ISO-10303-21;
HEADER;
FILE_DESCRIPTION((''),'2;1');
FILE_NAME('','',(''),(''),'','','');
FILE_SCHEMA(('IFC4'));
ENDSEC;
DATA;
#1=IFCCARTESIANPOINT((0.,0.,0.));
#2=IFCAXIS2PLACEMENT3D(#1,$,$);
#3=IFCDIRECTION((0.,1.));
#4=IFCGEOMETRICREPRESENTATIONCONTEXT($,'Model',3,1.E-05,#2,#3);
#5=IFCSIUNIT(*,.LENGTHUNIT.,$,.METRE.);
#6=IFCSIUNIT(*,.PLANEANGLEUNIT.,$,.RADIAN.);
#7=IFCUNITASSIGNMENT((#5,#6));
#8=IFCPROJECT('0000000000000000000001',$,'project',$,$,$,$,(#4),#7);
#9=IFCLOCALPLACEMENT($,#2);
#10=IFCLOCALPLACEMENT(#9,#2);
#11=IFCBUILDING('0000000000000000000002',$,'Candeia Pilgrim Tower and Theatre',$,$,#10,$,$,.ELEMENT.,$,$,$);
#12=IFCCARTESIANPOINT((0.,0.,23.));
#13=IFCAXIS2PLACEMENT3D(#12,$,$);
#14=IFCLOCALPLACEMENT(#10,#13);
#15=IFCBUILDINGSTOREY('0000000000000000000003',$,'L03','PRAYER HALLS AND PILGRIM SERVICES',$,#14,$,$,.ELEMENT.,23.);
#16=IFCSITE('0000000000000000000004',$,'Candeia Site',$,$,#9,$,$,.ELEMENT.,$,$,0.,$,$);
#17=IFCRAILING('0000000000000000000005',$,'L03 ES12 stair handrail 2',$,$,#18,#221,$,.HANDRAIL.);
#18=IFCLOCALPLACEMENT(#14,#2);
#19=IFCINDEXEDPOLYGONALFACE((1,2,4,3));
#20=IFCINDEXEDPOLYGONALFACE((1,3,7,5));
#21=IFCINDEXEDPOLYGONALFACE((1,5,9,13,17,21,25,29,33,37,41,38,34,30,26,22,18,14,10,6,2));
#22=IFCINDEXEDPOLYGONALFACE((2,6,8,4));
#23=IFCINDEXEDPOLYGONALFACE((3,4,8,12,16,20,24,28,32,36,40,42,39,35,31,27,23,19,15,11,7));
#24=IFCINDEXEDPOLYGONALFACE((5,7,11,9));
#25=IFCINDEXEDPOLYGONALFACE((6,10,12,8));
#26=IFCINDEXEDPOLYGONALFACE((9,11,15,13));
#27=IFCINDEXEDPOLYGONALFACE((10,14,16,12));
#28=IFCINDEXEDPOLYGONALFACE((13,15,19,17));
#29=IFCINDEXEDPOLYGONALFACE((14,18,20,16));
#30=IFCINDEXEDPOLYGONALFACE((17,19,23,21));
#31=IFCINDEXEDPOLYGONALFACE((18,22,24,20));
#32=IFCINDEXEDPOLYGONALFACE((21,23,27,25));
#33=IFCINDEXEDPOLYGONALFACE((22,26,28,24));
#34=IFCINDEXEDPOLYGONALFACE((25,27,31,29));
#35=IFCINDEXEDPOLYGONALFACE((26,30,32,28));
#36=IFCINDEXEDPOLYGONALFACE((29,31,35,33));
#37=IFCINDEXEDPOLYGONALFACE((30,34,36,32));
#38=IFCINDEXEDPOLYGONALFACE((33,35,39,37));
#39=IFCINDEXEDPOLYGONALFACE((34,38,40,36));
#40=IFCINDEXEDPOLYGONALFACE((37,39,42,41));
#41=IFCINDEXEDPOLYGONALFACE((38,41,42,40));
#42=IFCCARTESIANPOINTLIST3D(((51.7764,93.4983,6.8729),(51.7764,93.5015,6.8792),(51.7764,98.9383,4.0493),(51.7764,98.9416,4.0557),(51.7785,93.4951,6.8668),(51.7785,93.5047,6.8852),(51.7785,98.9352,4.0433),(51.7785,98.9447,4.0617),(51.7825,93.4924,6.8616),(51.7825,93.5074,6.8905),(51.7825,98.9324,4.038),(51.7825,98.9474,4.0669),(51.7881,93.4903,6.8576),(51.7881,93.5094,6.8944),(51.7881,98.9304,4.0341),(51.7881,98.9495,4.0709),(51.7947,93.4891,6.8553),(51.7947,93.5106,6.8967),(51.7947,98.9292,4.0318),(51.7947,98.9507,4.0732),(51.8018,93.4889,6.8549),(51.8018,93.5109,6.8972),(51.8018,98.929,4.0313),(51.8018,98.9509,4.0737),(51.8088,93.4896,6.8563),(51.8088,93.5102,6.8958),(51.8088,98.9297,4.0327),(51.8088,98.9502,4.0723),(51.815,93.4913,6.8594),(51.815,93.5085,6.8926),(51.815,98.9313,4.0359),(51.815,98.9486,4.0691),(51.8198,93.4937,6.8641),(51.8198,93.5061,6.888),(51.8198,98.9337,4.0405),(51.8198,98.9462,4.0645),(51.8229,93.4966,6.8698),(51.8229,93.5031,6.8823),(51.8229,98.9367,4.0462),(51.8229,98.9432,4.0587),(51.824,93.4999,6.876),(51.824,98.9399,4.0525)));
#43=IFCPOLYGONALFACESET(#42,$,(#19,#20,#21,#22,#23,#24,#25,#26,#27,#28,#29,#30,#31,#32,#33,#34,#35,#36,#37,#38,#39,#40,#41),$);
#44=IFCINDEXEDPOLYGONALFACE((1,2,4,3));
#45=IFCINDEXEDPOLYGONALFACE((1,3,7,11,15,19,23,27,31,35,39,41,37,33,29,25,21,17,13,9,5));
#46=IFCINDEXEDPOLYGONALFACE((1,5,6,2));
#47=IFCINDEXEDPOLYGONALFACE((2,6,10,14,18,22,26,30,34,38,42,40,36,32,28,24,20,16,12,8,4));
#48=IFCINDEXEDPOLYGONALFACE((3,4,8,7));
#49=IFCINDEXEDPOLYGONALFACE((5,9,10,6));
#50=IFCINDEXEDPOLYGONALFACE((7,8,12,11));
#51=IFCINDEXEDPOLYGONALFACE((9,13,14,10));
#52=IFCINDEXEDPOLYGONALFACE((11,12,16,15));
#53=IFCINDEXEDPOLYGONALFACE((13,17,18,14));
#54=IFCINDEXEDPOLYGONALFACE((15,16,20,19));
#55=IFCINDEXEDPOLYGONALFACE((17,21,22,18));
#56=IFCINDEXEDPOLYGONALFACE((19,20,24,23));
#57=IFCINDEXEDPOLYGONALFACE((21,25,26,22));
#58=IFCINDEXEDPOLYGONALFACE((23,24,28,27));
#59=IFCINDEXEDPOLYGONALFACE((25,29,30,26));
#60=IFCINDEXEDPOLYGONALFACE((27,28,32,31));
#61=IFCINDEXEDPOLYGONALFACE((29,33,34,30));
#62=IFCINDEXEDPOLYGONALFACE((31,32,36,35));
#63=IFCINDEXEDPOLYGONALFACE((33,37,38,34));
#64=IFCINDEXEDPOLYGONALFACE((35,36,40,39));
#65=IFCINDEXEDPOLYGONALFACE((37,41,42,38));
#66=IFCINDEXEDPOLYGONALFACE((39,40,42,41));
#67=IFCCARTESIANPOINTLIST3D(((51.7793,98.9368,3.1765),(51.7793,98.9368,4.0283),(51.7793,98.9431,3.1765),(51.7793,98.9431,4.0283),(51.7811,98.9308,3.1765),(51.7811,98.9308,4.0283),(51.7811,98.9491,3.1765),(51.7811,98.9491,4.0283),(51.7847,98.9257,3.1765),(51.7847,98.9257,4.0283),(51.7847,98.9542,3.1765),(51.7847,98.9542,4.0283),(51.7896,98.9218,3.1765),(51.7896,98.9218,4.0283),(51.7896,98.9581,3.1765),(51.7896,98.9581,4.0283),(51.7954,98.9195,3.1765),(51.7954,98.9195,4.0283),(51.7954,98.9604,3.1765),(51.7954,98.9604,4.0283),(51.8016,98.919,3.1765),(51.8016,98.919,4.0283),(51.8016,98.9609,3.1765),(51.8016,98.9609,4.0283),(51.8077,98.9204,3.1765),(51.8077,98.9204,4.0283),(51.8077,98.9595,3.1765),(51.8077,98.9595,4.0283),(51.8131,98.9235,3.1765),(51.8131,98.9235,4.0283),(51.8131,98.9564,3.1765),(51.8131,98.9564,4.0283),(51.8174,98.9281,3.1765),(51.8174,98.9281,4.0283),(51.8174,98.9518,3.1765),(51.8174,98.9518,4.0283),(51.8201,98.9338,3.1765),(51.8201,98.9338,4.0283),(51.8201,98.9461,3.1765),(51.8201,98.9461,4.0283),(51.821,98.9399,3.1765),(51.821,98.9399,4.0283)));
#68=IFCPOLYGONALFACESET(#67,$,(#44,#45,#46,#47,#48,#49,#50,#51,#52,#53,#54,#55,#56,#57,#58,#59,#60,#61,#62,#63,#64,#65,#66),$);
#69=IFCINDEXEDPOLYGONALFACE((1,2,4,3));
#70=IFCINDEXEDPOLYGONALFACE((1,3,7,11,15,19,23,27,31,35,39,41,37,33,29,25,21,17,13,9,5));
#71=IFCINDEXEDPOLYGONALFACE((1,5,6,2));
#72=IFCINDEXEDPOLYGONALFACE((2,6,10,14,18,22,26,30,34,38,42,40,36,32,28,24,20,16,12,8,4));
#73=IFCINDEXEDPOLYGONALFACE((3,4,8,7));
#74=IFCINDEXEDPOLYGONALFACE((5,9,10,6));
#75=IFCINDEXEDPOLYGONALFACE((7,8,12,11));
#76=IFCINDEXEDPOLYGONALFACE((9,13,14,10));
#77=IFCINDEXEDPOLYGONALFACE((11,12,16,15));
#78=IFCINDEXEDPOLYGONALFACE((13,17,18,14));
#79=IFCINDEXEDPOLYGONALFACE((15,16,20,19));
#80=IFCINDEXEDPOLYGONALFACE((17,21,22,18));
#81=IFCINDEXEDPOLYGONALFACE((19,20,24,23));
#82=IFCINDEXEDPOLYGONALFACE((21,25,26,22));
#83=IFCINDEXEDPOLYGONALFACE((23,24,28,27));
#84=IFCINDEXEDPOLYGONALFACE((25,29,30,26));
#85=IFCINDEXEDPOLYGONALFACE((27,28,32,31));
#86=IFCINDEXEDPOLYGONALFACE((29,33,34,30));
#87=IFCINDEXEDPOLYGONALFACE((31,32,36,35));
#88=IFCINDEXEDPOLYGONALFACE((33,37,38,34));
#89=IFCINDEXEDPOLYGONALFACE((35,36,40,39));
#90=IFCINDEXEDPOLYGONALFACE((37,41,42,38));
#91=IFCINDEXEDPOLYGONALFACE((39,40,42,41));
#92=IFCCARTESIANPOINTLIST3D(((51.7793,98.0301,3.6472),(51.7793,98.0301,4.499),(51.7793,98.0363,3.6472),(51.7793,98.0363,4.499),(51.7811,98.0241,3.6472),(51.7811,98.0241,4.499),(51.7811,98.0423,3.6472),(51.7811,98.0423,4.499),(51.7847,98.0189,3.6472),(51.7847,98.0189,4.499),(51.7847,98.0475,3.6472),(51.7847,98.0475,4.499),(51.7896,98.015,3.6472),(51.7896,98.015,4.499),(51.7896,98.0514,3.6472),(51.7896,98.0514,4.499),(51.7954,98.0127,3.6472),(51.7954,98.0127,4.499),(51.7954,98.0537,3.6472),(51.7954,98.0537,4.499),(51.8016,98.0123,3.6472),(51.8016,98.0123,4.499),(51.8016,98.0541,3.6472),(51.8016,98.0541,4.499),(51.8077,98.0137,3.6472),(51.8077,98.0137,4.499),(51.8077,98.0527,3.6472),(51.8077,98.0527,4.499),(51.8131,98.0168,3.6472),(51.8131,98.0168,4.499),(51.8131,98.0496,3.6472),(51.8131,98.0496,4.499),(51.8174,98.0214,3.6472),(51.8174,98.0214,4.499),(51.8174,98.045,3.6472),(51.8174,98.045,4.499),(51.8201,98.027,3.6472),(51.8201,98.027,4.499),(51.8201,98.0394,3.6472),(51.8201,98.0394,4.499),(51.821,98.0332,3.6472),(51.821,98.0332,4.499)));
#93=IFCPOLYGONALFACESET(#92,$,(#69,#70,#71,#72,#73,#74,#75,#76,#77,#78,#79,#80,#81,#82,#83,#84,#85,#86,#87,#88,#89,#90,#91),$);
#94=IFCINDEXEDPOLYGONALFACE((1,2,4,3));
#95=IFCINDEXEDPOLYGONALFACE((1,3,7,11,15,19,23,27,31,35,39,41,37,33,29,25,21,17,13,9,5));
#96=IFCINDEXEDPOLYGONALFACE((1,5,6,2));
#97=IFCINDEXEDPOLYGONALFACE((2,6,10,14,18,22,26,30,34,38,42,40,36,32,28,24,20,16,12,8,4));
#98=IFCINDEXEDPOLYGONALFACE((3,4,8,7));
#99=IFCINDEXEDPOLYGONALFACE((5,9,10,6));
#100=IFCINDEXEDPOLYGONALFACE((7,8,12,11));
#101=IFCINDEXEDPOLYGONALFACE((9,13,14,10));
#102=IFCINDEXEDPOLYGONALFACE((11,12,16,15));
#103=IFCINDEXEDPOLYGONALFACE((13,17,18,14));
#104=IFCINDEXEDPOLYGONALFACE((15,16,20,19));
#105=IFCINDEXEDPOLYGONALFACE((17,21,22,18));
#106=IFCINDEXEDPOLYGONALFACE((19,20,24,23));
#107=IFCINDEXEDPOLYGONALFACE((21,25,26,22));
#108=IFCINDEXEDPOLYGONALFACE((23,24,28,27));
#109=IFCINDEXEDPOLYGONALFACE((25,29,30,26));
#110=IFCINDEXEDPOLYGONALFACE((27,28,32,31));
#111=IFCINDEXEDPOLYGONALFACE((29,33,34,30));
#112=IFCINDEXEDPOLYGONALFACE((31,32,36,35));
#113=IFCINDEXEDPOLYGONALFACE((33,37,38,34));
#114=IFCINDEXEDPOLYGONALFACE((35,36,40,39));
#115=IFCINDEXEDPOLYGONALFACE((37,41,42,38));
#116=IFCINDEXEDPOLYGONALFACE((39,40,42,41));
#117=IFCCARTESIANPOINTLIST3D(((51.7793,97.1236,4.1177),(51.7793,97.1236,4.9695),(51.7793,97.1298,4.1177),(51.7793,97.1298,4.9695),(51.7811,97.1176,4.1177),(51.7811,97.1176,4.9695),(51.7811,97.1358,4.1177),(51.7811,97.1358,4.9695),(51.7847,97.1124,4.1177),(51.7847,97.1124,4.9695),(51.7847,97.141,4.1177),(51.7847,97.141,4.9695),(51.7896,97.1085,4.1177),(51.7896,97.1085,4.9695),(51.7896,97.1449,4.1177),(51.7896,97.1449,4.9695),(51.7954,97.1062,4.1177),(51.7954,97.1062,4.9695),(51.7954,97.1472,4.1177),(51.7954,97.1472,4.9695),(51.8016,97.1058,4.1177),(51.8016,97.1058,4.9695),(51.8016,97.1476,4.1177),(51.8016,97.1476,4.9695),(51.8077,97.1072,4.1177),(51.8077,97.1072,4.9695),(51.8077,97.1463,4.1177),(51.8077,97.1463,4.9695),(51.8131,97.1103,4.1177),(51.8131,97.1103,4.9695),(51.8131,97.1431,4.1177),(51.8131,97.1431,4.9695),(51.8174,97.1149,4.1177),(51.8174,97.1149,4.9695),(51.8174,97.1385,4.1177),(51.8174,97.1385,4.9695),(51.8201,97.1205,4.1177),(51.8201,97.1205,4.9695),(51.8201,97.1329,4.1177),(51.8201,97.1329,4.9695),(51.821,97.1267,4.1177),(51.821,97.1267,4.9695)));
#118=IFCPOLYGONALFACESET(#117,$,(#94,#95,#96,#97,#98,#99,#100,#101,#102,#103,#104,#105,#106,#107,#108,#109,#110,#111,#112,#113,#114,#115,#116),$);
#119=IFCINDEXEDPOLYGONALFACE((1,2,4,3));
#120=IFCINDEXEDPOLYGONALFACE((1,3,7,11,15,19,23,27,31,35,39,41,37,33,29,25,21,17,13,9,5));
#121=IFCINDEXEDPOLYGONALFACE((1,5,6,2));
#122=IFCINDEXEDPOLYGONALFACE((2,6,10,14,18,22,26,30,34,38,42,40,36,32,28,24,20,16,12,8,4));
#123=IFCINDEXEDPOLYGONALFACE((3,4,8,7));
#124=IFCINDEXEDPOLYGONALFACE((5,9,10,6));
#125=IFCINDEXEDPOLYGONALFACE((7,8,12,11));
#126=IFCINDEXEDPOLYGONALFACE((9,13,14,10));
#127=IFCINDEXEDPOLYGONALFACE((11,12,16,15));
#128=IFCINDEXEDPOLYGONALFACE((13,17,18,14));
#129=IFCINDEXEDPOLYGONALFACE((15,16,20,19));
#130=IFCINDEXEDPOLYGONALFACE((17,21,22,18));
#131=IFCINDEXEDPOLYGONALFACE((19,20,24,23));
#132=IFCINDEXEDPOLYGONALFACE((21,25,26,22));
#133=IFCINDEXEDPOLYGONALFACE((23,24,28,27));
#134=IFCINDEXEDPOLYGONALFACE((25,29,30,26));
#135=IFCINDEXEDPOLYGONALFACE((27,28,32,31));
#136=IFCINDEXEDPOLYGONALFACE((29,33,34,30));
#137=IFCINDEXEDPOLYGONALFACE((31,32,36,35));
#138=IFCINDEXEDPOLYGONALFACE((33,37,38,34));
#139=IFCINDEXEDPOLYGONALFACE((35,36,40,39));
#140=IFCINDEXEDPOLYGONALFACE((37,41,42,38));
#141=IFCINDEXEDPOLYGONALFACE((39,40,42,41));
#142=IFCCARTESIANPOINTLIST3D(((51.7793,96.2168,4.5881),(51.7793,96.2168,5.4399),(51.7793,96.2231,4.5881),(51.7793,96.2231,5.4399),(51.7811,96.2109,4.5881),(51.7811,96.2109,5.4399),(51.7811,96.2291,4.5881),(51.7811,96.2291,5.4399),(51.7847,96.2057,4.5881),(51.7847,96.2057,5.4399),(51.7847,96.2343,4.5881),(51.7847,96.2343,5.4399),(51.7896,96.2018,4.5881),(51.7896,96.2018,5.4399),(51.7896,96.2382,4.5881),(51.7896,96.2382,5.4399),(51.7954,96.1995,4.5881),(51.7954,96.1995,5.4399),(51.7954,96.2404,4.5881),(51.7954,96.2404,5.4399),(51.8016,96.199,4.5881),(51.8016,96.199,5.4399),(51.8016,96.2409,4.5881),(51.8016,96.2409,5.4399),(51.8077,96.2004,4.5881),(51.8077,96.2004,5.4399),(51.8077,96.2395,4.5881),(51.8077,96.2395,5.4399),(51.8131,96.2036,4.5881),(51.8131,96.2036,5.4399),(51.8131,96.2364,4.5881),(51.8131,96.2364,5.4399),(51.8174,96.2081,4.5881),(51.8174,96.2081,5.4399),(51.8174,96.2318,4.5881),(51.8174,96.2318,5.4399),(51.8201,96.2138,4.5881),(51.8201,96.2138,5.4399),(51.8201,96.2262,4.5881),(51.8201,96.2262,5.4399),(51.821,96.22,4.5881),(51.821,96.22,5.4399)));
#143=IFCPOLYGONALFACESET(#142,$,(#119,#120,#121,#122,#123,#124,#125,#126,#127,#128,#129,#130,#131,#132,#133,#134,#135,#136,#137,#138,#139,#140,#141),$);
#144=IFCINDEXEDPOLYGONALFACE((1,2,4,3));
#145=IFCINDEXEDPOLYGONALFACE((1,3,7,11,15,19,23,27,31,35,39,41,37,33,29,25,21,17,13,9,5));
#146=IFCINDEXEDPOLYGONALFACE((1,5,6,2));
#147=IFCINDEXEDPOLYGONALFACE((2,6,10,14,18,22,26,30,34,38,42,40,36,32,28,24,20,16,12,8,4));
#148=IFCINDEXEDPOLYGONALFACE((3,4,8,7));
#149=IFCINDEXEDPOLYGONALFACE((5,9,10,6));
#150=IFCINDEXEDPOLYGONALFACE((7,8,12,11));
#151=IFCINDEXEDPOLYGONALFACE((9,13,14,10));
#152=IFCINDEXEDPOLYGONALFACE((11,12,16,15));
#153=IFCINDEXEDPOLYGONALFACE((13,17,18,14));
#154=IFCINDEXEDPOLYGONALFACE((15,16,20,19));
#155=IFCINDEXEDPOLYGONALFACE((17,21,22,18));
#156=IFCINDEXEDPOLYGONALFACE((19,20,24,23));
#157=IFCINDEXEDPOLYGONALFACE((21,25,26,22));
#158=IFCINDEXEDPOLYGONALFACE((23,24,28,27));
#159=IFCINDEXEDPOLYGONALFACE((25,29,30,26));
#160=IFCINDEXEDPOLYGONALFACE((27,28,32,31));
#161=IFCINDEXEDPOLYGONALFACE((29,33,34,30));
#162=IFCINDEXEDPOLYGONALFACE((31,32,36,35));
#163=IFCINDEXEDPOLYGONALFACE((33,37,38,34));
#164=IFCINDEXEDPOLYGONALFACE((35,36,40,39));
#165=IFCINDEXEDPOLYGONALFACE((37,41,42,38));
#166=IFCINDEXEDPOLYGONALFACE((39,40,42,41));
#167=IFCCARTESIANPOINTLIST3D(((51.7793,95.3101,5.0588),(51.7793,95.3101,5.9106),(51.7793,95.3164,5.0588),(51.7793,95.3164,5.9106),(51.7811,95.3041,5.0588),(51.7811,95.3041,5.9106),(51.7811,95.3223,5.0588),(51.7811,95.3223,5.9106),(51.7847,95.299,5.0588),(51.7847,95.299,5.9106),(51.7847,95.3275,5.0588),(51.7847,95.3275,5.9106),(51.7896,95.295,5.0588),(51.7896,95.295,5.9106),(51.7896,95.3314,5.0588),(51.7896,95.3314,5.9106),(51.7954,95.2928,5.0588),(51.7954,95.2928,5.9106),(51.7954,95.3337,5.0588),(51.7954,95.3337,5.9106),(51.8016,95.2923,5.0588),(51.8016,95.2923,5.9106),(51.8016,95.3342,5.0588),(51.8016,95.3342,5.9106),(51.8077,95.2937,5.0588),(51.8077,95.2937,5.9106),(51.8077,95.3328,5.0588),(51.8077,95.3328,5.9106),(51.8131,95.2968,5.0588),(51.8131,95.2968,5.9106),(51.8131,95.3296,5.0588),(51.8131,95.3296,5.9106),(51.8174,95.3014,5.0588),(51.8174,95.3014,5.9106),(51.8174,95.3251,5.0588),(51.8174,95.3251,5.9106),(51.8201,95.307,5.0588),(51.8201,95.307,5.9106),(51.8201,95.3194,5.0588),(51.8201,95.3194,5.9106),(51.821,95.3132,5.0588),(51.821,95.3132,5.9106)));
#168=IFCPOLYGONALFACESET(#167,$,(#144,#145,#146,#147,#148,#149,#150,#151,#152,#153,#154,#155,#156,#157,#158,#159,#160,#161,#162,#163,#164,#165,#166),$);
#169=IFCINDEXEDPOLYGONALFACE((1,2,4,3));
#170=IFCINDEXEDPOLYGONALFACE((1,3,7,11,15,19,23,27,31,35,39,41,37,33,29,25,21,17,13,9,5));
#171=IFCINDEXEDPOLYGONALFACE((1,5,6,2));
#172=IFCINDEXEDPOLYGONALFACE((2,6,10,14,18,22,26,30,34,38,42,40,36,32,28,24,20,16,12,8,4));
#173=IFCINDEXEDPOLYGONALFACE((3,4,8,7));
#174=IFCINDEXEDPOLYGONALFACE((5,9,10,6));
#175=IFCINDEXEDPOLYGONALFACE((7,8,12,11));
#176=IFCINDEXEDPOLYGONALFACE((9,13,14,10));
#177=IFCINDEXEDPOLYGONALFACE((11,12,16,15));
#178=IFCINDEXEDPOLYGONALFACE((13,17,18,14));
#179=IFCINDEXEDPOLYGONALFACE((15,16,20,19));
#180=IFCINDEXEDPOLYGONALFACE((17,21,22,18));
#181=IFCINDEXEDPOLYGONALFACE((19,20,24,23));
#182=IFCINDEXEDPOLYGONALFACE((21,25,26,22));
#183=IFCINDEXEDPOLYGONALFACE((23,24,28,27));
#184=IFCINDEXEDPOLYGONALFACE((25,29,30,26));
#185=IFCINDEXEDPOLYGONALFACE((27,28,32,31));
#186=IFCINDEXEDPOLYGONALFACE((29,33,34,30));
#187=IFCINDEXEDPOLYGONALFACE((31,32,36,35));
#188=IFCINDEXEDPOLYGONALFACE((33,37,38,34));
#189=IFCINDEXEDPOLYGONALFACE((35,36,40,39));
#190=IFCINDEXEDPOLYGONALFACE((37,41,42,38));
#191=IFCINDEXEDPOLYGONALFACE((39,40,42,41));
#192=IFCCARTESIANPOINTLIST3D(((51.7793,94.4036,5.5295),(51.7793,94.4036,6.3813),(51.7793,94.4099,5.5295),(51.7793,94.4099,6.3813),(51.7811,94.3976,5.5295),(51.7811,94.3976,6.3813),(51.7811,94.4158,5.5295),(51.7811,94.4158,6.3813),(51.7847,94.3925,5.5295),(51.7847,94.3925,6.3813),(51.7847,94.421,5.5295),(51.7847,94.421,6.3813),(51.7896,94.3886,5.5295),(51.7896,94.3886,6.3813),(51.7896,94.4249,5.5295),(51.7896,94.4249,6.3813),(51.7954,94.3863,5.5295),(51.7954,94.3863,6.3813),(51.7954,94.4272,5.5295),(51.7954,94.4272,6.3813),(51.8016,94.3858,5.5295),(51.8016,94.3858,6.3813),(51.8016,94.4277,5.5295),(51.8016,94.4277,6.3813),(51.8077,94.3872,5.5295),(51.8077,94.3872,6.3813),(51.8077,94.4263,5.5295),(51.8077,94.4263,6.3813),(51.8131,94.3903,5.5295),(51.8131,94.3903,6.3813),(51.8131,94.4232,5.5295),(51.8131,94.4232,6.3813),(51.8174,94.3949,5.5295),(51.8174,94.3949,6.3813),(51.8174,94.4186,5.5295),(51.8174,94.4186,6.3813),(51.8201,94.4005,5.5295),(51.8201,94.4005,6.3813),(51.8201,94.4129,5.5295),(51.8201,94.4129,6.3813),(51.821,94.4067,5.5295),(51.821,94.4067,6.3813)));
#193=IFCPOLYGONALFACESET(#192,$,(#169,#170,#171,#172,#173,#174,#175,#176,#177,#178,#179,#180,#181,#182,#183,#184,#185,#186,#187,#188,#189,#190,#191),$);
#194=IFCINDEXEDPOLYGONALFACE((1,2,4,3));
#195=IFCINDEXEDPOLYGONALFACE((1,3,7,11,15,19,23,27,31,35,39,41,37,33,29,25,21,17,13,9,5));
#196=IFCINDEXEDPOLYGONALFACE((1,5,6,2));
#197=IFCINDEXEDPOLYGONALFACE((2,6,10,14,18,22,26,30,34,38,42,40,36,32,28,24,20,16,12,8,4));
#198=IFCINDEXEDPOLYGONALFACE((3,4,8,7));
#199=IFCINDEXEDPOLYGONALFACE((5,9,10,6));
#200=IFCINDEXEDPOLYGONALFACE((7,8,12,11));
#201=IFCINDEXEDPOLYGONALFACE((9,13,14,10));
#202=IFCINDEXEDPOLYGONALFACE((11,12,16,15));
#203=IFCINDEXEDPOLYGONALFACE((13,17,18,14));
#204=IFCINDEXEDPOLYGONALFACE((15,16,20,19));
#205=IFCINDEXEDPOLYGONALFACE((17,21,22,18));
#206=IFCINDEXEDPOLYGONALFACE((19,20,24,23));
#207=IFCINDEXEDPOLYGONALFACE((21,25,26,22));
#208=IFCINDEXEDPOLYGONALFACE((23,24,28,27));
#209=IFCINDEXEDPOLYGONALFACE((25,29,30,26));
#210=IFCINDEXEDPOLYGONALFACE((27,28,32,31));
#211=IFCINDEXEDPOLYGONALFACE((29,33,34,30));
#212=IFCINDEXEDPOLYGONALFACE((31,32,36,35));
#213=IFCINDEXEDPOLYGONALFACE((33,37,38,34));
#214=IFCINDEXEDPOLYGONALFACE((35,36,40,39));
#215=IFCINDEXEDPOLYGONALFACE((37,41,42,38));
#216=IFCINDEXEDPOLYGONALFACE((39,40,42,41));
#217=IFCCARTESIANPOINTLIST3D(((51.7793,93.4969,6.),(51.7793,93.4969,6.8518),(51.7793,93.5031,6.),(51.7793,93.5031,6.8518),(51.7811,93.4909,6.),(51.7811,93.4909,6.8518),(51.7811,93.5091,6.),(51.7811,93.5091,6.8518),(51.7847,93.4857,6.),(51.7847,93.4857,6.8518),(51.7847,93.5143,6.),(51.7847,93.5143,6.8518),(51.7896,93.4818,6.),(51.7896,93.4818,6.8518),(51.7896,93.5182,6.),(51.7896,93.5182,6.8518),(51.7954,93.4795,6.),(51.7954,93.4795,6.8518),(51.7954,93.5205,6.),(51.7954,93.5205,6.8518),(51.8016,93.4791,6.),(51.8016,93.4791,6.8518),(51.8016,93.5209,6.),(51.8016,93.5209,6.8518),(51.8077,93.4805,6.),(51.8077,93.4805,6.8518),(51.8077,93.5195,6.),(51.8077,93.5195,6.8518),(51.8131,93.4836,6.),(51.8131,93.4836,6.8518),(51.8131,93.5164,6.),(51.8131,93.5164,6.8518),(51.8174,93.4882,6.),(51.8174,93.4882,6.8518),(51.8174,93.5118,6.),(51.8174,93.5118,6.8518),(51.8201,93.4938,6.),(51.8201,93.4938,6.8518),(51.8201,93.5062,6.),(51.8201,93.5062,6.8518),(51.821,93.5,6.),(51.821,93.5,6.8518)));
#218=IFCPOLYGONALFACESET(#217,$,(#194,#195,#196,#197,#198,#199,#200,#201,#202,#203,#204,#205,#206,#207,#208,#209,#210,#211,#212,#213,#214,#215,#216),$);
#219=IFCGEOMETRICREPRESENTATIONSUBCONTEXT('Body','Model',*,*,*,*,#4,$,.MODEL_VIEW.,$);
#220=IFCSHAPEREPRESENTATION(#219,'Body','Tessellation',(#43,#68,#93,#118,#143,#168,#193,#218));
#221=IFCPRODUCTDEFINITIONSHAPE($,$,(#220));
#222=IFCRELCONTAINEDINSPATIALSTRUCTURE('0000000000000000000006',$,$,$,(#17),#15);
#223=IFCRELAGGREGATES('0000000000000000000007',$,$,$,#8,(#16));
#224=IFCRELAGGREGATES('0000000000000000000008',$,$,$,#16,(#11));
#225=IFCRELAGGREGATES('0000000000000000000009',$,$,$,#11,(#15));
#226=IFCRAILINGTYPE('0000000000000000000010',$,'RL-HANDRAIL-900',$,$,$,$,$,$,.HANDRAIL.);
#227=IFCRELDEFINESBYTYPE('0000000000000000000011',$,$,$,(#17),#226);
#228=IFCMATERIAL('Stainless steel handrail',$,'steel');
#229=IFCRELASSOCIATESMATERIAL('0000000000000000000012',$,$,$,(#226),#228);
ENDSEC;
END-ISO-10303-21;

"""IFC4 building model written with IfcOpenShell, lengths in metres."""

from ifc_helpers import new_model, si_unit, direction, frame, origin, origin_2d, place, context, subcontext, project, spatial, circle, extrude, material, type_object, element, save


model = new_model("IFC4")

# Units and contexts
model_context = context("Model", 3, precision=1e-05, world=origin(), true_north=direction((0.0, 1.0)))
body_context = subcontext(model_context, "Body", "Model", "MODEL_VIEW")
ifc_project = project(units=[si_unit("LENGTHUNIT", "METRE"), si_unit("PLANEANGLEUNIT", "RADIAN")], contexts=[model_context])

# Site, building, storey
site_placement = place(None, origin())
site = spatial("IfcSite", under=ifc_project, at=site_placement, Name="Candeia Site", CompositionType="ELEMENT", RefElevation=0.0)
building_placement = place(site_placement, origin())
building = spatial("IfcBuilding", under=site, at=building_placement, Name="Candeia Pilgrim Tower and Theatre", CompositionType="ELEMENT")
storey_placement = place(building_placement, frame((0.0, 0.0, 23.0)))
storey = spatial("IfcBuildingStorey", under=building, at=storey_placement, Name="L03", Description="PRAYER HALLS AND PILGRIM SERVICES", CompositionType="ELEMENT", Elevation=23.0)

# Railing
ifc_material_1 = material(Name="Stainless steel handrail", Category="steel")
railing_type_1 = type_object("IfcRailingType", Name="RL-HANDRAIL-900", PredefinedType="HANDRAIL", material=ifc_material_1)
railing_1_placement = place(storey_placement, frame((51.8, 98.9399, 3.1765)))
element("IfcRailing", 1, at=railing_1_placement, inside=storey, type_object=railing_type_1, Name="L03 ES12 stair handrail 2", PredefinedType="HANDRAIL", context=body_context, shape_type="SweptSolid", body=[
    extrude(circle(Radius=0.0239, at=origin_2d()), frame((0.0, 0.0, 0.876), z_axis=(0.0, -0.887569, 0.460674), x_axis=(1.0, 0.0, 0.0)), (0.0, 0.0, 1.0), 6.1292),
    extrude(circle(Radius=0.021, at=origin_2d()), origin(), (0.0, 0.0, 1.0), 0.8518),
    extrude(circle(Radius=0.021, at=origin_2d()), frame((0.0, -0.9067, 0.4707)), (0.0, 0.0, 1.0), 0.8518),
    extrude(circle(Radius=0.021, at=origin_2d()), frame((0.0, -1.8132, 0.9412)), (0.0, 0.0, 1.0), 0.8518),
    extrude(circle(Radius=0.021, at=origin_2d()), frame((0.0, -2.72, 1.4116)), (0.0, 0.0, 1.0), 0.8518),
    extrude(circle(Radius=0.021, at=origin_2d()), frame((0.0, -3.6267, 1.8823)), (0.0, 0.0, 1.0), 0.8518),
    extrude(circle(Radius=0.021, at=origin_2d()), frame((0.0, -4.5332, 2.353)), (0.0, 0.0, 1.0), 0.8518),
    extrude(circle(Radius=0.021, at=origin_2d()), frame((0.0, -5.4399, 2.8235)), (0.0, 0.0, 1.0), 0.8518),
])

save(model, "model.ifc")
